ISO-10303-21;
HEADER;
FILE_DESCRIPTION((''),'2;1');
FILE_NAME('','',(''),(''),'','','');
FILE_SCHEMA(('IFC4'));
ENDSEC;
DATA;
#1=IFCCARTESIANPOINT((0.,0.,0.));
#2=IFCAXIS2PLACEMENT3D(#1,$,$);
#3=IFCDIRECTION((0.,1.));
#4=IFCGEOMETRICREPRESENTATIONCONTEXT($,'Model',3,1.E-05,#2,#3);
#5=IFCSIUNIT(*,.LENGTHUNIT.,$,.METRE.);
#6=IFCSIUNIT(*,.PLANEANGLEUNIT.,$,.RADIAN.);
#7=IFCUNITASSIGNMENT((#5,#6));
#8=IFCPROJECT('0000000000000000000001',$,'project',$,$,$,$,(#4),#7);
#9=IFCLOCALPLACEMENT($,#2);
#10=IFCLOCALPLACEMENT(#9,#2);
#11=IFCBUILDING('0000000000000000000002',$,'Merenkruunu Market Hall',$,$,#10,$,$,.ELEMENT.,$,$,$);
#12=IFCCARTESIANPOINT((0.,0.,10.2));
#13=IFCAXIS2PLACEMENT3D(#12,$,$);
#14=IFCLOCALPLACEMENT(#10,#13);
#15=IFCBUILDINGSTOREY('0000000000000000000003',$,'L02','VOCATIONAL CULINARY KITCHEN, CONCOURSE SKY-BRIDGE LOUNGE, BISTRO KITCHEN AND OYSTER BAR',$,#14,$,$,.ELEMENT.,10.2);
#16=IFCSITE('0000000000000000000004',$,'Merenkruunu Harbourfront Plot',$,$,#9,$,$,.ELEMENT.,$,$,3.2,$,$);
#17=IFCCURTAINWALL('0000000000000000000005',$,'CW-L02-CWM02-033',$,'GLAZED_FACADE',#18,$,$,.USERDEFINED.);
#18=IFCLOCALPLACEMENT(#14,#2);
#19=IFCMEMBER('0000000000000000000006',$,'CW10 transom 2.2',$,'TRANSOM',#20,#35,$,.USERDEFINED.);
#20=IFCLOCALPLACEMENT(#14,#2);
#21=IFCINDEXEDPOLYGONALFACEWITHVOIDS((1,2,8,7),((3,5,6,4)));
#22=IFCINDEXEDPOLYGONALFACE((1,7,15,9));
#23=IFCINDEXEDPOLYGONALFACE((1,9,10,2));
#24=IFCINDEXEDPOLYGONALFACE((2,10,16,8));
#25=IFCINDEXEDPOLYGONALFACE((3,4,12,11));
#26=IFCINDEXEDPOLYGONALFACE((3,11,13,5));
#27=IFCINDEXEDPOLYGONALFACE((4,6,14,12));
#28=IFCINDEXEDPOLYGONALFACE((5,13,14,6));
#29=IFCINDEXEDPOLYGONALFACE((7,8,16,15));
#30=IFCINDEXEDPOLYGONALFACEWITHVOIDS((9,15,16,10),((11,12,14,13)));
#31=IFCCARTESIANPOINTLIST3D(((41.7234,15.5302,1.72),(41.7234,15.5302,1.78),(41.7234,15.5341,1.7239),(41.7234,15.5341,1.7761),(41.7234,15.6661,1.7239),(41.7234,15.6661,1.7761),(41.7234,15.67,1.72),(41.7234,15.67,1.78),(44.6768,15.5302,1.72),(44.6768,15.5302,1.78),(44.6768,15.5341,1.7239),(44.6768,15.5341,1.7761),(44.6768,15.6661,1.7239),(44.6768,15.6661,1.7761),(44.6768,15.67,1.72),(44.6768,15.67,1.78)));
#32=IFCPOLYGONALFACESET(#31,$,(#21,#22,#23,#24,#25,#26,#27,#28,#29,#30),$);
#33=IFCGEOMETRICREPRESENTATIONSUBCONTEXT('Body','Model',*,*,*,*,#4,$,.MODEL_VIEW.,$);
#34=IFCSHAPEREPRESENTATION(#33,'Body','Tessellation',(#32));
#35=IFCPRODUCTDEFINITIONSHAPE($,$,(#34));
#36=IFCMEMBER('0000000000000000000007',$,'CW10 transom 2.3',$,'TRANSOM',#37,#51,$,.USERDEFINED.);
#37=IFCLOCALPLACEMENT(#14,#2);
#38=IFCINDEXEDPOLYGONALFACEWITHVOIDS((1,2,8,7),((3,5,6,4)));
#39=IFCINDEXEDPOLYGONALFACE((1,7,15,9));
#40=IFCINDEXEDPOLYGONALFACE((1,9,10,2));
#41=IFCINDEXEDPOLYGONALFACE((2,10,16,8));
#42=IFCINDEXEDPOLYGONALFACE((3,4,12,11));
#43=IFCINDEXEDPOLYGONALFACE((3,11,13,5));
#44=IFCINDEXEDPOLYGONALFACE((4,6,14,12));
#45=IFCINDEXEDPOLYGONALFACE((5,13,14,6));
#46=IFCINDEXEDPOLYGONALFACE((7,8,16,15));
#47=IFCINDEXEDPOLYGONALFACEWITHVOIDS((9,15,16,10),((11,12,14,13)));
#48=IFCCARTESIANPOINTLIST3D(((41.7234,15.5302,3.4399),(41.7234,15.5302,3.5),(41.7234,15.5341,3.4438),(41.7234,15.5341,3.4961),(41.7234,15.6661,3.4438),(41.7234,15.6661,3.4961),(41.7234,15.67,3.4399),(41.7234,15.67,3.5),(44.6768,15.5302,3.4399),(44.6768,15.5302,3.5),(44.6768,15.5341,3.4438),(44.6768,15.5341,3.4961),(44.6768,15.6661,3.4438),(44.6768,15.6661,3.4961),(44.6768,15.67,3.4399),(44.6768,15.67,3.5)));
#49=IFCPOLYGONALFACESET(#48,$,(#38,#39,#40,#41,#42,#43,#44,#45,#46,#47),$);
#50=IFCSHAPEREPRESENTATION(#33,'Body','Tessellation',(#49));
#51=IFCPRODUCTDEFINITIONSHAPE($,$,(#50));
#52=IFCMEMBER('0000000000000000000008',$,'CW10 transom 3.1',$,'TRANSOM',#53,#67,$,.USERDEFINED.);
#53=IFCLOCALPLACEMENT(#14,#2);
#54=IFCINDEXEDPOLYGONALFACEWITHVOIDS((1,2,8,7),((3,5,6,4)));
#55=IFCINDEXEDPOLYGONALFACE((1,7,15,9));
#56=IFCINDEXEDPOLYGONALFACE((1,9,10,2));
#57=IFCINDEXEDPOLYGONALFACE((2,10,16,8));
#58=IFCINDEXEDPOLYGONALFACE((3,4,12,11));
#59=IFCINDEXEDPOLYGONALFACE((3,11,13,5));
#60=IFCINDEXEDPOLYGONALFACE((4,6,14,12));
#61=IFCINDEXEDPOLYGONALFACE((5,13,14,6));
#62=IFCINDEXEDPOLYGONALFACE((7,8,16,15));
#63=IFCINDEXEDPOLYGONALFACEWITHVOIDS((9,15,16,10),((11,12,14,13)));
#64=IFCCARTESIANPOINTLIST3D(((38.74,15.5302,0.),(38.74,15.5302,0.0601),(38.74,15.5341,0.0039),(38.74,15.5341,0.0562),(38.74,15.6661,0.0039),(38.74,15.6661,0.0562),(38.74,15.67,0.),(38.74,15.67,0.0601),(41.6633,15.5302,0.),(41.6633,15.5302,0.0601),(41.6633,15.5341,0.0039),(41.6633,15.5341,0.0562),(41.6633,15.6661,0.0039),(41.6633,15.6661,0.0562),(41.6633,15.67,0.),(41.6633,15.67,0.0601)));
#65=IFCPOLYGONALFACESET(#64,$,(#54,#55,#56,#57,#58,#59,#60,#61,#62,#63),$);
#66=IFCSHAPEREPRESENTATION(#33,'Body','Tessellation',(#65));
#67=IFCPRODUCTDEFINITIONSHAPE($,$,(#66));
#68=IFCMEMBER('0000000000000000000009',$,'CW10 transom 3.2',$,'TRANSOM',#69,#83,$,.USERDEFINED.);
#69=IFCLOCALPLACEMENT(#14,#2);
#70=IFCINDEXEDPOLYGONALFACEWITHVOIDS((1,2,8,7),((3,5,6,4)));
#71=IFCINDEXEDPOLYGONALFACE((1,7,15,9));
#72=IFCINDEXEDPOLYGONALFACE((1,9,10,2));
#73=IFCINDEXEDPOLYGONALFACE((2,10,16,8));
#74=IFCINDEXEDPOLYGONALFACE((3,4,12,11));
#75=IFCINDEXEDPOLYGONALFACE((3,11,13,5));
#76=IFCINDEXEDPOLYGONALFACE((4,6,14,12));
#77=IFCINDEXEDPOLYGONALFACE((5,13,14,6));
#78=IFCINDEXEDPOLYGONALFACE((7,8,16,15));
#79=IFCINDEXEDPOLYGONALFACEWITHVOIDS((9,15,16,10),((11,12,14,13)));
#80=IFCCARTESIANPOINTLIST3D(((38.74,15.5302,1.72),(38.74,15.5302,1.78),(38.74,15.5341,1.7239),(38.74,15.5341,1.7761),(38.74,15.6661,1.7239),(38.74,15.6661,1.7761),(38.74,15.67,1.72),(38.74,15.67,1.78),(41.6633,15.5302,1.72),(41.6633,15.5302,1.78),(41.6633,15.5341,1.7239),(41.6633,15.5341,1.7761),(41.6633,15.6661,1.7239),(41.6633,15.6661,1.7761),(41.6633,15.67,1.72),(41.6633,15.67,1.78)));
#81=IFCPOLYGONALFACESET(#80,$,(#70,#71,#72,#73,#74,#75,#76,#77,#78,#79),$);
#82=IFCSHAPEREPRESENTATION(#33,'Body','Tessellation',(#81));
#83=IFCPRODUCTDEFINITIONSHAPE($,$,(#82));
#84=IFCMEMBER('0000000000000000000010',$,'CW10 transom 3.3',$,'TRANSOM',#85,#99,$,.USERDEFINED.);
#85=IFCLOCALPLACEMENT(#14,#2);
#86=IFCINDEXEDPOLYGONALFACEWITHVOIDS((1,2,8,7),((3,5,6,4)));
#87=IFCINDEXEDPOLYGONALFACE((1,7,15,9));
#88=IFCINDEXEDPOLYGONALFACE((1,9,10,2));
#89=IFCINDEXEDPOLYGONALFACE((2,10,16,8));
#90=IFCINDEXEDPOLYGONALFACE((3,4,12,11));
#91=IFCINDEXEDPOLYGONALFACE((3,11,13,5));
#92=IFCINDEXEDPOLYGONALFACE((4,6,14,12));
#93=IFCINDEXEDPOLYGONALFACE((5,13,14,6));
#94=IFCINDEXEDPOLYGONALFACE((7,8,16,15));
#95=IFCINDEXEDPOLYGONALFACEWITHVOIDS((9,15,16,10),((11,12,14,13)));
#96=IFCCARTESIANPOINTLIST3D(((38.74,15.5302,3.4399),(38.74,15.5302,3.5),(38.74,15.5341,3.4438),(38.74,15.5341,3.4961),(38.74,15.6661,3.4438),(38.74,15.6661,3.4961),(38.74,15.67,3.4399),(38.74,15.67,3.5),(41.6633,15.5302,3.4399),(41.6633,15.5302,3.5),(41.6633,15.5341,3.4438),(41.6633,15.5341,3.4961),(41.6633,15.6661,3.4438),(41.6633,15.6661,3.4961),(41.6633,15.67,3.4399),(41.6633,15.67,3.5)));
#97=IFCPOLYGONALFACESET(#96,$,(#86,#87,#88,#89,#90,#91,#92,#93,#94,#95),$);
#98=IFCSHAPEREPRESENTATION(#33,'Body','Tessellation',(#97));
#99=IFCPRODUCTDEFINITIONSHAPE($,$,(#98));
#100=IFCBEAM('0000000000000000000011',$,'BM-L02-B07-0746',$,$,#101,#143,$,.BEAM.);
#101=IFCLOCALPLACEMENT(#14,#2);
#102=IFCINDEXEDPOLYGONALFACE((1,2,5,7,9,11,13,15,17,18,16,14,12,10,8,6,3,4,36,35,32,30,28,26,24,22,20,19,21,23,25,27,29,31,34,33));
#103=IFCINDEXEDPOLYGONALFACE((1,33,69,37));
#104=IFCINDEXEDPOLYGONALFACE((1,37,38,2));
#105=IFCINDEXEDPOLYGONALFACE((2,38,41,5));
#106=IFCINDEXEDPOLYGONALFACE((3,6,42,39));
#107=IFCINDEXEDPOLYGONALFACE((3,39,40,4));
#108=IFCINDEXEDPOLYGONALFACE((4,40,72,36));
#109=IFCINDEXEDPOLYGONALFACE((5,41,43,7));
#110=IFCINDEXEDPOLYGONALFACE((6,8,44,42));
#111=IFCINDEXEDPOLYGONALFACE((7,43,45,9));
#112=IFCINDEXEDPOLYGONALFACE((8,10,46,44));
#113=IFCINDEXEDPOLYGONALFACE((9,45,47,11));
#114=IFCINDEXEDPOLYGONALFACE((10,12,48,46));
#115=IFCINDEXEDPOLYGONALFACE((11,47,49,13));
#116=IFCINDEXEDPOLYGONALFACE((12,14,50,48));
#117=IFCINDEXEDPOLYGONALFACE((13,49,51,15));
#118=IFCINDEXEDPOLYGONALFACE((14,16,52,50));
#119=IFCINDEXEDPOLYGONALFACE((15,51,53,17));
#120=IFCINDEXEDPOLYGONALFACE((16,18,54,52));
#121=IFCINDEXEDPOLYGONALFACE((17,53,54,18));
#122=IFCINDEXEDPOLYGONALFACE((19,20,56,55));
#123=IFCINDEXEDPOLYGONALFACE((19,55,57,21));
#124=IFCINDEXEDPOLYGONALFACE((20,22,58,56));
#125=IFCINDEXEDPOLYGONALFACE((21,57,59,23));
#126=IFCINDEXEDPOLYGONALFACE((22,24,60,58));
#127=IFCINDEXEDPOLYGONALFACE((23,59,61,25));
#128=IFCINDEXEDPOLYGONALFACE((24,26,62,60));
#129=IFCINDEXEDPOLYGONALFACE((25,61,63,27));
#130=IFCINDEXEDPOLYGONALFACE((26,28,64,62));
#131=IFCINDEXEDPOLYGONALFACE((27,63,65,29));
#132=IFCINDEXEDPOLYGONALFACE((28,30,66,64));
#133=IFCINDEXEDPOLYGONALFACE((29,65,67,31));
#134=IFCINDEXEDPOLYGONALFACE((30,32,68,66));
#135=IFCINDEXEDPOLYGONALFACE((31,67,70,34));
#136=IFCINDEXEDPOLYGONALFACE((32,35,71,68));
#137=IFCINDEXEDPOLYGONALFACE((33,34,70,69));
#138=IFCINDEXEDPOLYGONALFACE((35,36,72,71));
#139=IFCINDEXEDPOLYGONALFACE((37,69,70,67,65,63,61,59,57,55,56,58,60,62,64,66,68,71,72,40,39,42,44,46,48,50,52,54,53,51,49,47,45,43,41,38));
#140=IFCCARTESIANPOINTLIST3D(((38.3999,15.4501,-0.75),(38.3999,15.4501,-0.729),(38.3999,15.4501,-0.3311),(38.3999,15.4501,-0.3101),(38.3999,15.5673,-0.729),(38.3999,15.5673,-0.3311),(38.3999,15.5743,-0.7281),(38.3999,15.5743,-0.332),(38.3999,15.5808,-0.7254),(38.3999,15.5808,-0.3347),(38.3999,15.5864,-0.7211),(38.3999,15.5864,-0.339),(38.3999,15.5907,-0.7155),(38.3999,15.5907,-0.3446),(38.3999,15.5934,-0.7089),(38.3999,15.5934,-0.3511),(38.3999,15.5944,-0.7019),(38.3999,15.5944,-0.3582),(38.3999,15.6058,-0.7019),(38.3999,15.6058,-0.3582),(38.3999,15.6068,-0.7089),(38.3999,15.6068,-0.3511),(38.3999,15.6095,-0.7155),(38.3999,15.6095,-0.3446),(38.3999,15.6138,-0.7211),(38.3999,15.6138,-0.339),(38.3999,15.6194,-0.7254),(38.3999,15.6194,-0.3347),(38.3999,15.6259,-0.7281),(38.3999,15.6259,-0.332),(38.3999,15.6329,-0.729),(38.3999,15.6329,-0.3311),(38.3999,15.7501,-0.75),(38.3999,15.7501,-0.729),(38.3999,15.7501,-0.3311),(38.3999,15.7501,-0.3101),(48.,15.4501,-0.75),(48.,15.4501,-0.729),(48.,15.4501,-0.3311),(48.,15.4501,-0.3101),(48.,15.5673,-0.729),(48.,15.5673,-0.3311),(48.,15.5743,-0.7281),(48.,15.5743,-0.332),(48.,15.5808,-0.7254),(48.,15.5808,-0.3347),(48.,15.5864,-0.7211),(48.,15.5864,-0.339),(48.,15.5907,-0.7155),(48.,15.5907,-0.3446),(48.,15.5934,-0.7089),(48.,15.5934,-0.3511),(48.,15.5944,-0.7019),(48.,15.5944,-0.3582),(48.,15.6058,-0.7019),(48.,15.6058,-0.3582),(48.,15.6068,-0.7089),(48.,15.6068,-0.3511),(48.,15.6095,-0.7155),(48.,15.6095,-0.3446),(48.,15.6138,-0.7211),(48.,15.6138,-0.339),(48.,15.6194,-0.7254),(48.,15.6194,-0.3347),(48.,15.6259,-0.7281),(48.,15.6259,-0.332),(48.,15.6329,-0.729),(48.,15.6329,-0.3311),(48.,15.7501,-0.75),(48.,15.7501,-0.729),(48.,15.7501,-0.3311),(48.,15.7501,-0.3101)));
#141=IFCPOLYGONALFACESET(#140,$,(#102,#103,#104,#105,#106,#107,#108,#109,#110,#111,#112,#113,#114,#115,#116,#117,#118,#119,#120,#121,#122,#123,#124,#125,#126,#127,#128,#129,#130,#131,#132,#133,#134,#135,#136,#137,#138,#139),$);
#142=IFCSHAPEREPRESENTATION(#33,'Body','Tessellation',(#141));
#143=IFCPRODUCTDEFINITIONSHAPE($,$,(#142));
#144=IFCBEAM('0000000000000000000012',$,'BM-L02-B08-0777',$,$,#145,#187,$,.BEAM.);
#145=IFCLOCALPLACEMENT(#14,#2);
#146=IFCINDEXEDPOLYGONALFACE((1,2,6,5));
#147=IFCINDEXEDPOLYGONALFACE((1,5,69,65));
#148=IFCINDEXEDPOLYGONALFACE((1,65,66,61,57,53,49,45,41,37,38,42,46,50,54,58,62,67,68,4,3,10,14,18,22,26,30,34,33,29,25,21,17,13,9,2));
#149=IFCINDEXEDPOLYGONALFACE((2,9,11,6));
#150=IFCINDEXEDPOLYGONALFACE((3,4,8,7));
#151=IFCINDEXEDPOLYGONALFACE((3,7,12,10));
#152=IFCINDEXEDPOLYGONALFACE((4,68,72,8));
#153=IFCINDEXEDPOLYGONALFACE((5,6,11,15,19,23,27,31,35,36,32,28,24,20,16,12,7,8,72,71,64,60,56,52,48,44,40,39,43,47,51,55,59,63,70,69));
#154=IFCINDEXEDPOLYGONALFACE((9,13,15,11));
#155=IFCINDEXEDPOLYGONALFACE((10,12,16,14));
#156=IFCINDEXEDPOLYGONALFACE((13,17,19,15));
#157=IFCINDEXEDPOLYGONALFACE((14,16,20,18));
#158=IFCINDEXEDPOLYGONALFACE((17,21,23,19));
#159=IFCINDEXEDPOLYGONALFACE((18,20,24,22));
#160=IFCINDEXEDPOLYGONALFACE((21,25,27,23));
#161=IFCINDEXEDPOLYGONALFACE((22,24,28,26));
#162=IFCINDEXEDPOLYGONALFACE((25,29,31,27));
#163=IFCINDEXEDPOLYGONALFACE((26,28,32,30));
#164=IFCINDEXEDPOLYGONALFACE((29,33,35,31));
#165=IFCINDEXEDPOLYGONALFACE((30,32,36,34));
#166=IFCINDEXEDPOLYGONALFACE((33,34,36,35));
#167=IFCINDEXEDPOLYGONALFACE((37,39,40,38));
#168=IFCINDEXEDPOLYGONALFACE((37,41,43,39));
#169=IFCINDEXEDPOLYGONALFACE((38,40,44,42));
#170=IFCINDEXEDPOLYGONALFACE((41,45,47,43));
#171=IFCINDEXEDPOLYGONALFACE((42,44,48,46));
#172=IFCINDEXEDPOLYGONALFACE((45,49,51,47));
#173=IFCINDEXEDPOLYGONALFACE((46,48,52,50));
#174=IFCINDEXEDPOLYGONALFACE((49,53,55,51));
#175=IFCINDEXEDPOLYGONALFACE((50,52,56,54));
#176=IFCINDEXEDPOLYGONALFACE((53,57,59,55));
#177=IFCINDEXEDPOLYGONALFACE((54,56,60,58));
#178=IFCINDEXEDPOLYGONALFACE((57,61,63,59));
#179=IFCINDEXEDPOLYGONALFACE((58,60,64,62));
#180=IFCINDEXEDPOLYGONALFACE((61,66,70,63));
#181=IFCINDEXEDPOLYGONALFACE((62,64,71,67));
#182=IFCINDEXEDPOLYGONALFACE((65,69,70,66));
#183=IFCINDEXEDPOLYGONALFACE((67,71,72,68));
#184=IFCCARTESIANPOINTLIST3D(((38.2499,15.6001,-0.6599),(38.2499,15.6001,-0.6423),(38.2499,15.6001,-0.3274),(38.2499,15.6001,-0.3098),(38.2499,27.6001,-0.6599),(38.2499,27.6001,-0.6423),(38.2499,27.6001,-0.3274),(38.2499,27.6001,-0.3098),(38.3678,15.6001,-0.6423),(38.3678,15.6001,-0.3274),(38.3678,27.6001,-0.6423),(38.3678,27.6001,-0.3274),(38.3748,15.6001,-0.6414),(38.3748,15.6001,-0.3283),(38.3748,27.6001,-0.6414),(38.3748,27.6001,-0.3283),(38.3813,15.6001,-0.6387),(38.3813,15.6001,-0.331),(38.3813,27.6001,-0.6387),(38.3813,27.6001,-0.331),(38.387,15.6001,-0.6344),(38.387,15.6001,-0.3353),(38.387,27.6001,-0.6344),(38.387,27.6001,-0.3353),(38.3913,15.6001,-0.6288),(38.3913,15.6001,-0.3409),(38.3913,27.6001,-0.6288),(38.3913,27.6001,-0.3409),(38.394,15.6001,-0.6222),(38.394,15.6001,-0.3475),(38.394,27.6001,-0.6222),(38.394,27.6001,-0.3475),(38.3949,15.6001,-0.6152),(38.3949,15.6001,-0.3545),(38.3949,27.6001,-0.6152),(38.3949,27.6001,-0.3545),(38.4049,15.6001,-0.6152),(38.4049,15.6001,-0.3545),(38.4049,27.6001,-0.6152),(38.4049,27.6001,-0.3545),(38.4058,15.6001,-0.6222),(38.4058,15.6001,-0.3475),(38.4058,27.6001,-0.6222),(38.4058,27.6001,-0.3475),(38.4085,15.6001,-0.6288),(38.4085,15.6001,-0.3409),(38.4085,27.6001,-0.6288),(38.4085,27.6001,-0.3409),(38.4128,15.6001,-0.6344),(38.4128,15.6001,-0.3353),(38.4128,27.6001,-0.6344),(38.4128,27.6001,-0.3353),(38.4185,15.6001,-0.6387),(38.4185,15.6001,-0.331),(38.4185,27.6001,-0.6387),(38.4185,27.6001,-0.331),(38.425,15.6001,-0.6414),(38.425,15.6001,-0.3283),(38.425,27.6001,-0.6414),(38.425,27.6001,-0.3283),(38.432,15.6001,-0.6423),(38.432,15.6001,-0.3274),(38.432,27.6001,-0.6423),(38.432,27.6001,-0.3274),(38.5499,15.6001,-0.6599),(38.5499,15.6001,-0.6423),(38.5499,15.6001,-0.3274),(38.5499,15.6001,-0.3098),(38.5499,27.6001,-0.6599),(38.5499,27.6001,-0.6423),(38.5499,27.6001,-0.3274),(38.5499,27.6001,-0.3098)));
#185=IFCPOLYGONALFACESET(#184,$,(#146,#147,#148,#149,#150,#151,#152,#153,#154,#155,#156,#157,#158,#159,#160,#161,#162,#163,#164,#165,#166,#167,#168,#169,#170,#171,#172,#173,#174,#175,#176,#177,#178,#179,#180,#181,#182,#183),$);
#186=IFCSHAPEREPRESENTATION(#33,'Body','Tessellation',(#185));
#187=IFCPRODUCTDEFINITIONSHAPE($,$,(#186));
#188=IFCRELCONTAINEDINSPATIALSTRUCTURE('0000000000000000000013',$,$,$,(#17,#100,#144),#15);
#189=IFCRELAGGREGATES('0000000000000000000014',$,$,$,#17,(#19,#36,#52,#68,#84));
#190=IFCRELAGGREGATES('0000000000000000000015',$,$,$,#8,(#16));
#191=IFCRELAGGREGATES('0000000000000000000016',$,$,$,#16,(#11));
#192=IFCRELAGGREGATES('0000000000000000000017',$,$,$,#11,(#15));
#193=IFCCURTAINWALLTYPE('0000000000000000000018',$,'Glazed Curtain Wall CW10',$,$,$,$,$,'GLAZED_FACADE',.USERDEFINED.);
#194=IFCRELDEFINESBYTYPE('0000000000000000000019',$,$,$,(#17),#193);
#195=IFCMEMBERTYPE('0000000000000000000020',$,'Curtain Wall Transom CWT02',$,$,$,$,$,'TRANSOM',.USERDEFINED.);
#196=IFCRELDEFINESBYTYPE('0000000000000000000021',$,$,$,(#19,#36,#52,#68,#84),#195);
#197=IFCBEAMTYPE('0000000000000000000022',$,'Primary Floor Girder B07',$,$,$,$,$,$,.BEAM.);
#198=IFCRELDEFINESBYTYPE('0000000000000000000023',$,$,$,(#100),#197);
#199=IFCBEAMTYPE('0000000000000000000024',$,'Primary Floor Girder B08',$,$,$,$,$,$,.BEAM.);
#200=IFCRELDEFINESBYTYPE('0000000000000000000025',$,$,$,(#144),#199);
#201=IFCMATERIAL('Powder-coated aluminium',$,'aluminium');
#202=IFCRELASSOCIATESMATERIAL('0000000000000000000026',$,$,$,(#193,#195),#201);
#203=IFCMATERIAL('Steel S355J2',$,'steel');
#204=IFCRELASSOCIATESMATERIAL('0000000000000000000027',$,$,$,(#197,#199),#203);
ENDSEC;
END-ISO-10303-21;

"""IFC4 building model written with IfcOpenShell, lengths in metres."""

from ifc_helpers import new_model, si_unit, direction, frame, origin, origin_2d, place, context, subcontext, project, spatial, hollow_rectangle, i_section, extrude, material, material_profile, profile_set, type_object, element, aggregate, save


model = new_model("IFC4")

# Units and contexts
model_context = context("Model", 3, precision=1e-05, world=origin(), true_north=direction((0.0, 1.0)))
body_context = subcontext(model_context, "Body", "Model", "MODEL_VIEW")
ifc_project = project(units=[si_unit("LENGTHUNIT", "METRE"), si_unit("PLANEANGLEUNIT", "RADIAN")], contexts=[model_context])

# Site, building, storey
site_placement = place(None, origin())
site = spatial("IfcSite", under=ifc_project, at=site_placement, Name="Merenkruunu Harbourfront Plot", CompositionType="ELEMENT", RefElevation=3.2)
building_placement = place(site_placement, origin())
building = spatial("IfcBuilding", under=site, at=building_placement, Name="Merenkruunu Market Hall", CompositionType="ELEMENT")
storey_placement = place(building_placement, frame((0.0, 0.0, 10.2)))
storey = spatial("IfcBuildingStorey", under=building, at=storey_placement, Name="L02", Description="VOCATIONAL CULINARY KITCHEN, CONCOURSE SKY-BRIDGE LOUNGE, BISTRO KITCHEN AND OYSTER BAR", CompositionType="ELEMENT", Elevation=10.2)

# Shared definitions
ifc_material_1 = material(Name="Steel S355J2", Category="steel")

# Shared definitions
ifc_material_2 = material(Name="Powder-coated aluminium", Category="aluminium")
curtain_wall_type = type_object("IfcCurtainWallType", Name="Glazed Curtain Wall CW10", ElementType="GLAZED_FACADE", PredefinedType="USERDEFINED", material=ifc_material_2)

# Curtain wall
curtain_wall_1_placement = place(storey_placement, origin())
curtain_wall_1 = element("IfcCurtainWall", 1, at=curtain_wall_1_placement, inside=storey, type_object=curtain_wall_type, Name="CW-L02-CWM02-033", ObjectType="GLAZED_FACADE", PredefinedType="USERDEFINED")

# Members
ifc_material_profile_1 = material_profile(ifc_material_2, hollow_rectangle(XDim=0.0601, YDim=0.1399, WallThickness=0.0039, at=origin_2d()), Name="ALU 60x140x4")
ifc_profile_set_1 = profile_set([ifc_material_profile_1], Name="Powder-coated aluminium")
member_type_1 = type_object("IfcMemberType", Name="Curtain Wall Transom CWT02", ElementType="TRANSOM", PredefinedType="USERDEFINED", material=ifc_profile_set_1)
member_1_placement = place(storey_placement, frame((44.6768, 15.6001, 1.75), z_axis=(-1.0, 0.0, 0.0), x_axis=(0.0, 0.0, 1.0)))
member_1 = element("IfcMember", 2, at=member_1_placement, type_object=member_type_1, Name="CW10 transom 2.2", ObjectType="TRANSOM", PredefinedType="USERDEFINED", context=body_context, shape_type="SweptSolid", body=[
    extrude(hollow_rectangle(XDim=0.0601, YDim=0.1399, WallThickness=0.0039, at=origin_2d()), origin(), (0.0, 0.0, 1.0), 2.9534),
])
member_2_placement = place(storey_placement, frame((44.6768, 15.6001, 3.47), z_axis=(-1.0, 0.0, 0.0), x_axis=(0.0, 0.0, 1.0)))
member_2 = element("IfcMember", 3, at=member_2_placement, type_object=member_type_1, Name="CW10 transom 2.3", ObjectType="TRANSOM", PredefinedType="USERDEFINED", context=body_context, shape_type="SweptSolid", body=[
    extrude(hollow_rectangle(XDim=0.0601, YDim=0.1399, WallThickness=0.0039, at=origin_2d()), origin(), (0.0, 0.0, 1.0), 2.9534),
])
member_3_placement = place(storey_placement, frame((41.6633, 15.6001, 0.03), z_axis=(-1.0, 0.0, 0.0), x_axis=(0.0, 0.0, 1.0)))
member_3 = element("IfcMember", 4, at=member_3_placement, type_object=member_type_1, Name="CW10 transom 3.1", ObjectType="TRANSOM", PredefinedType="USERDEFINED", context=body_context, shape_type="SweptSolid", body=[
    extrude(hollow_rectangle(XDim=0.0601, YDim=0.1399, WallThickness=0.0039, at=origin_2d()), origin(), (0.0, 0.0, 1.0), 2.9233),
])
member_4_placement = place(storey_placement, frame((41.6633, 15.6001, 1.75), z_axis=(-1.0, 0.0, 0.0), x_axis=(0.0, 0.0, 1.0)))
member_4 = element("IfcMember", 5, at=member_4_placement, type_object=member_type_1, Name="CW10 transom 3.2", ObjectType="TRANSOM", PredefinedType="USERDEFINED", context=body_context, shape_type="SweptSolid", body=[
    extrude(hollow_rectangle(XDim=0.0601, YDim=0.1399, WallThickness=0.0039, at=origin_2d()), origin(), (0.0, 0.0, 1.0), 2.9233),
])
member_5_placement = place(storey_placement, frame((41.6633, 15.6001, 3.47), z_axis=(-1.0, 0.0, 0.0), x_axis=(0.0, 0.0, 1.0)))
member_5 = element("IfcMember", 6, at=member_5_placement, type_object=member_type_1, Name="CW10 transom 3.3", ObjectType="TRANSOM", PredefinedType="USERDEFINED", context=body_context, shape_type="SweptSolid", body=[
    extrude(hollow_rectangle(XDim=0.0601, YDim=0.1399, WallThickness=0.0039, at=origin_2d()), origin(), (0.0, 0.0, 1.0), 2.9233),
])

# Beams
ifc_material_profile_2 = material_profile(ifc_material_1, i_section(OverallWidth=0.3, OverallDepth=0.4399, WebThickness=0.0115, FlangeThickness=0.021, FilletRadius=0.0271, at=origin_2d()), Name="HEA 450")
ifc_profile_set_2 = profile_set([ifc_material_profile_2], Name="Steel S355J2")
beam_type_1 = type_object("IfcBeamType", Name="Primary Floor Girder B07", PredefinedType="BEAM", material=ifc_profile_set_2)
beam_1_placement = place(storey_placement, frame((38.3999, 15.6001, -0.53), z_axis=(1.0, 0.0, 0.0), x_axis=(0.0, 1.0, 0.0)))
element("IfcBeam", 7, at=beam_1_placement, inside=storey, type_object=beam_type_1, Name="BM-L02-B07-0746", PredefinedType="BEAM", context=body_context, shape_type="SweptSolid", body=[
    extrude(i_section(OverallWidth=0.3, OverallDepth=0.4399, WebThickness=0.0115, FlangeThickness=0.021, FilletRadius=0.0271, at=origin_2d()), origin(), (0.0, 0.0, 1.0), 9.6001),
])
ifc_material_profile_3 = material_profile(ifc_material_1, i_section(OverallWidth=0.3, OverallDepth=0.3501, WebThickness=0.01, FlangeThickness=0.0176, FilletRadius=0.0271, at=origin_2d()), Name="HEA 360")
ifc_profile_set_3 = profile_set([ifc_material_profile_3], Name="Steel S355J2")
beam_type_2 = type_object("IfcBeamType", Name="Primary Floor Girder B08", PredefinedType="BEAM", material=ifc_profile_set_3)
beam_2_placement = place(storey_placement, frame((38.3999, 15.6001, -0.4849), z_axis=(0.0, 1.0, 0.0), x_axis=(-1.0, 0.0, 0.0)))
element("IfcBeam", 8, at=beam_2_placement, inside=storey, type_object=beam_type_2, Name="BM-L02-B08-0777", PredefinedType="BEAM", context=body_context, shape_type="SweptSolid", body=[
    extrude(i_section(OverallWidth=0.3, OverallDepth=0.3501, WebThickness=0.01, FlangeThickness=0.0176, FilletRadius=0.0271, at=origin_2d()), origin(), (0.0, 0.0, 1.0), 12.0),
])

aggregate(curtain_wall_1, [member_1, member_2, member_3, member_4, member_5])

save(model, "model.ifc")
